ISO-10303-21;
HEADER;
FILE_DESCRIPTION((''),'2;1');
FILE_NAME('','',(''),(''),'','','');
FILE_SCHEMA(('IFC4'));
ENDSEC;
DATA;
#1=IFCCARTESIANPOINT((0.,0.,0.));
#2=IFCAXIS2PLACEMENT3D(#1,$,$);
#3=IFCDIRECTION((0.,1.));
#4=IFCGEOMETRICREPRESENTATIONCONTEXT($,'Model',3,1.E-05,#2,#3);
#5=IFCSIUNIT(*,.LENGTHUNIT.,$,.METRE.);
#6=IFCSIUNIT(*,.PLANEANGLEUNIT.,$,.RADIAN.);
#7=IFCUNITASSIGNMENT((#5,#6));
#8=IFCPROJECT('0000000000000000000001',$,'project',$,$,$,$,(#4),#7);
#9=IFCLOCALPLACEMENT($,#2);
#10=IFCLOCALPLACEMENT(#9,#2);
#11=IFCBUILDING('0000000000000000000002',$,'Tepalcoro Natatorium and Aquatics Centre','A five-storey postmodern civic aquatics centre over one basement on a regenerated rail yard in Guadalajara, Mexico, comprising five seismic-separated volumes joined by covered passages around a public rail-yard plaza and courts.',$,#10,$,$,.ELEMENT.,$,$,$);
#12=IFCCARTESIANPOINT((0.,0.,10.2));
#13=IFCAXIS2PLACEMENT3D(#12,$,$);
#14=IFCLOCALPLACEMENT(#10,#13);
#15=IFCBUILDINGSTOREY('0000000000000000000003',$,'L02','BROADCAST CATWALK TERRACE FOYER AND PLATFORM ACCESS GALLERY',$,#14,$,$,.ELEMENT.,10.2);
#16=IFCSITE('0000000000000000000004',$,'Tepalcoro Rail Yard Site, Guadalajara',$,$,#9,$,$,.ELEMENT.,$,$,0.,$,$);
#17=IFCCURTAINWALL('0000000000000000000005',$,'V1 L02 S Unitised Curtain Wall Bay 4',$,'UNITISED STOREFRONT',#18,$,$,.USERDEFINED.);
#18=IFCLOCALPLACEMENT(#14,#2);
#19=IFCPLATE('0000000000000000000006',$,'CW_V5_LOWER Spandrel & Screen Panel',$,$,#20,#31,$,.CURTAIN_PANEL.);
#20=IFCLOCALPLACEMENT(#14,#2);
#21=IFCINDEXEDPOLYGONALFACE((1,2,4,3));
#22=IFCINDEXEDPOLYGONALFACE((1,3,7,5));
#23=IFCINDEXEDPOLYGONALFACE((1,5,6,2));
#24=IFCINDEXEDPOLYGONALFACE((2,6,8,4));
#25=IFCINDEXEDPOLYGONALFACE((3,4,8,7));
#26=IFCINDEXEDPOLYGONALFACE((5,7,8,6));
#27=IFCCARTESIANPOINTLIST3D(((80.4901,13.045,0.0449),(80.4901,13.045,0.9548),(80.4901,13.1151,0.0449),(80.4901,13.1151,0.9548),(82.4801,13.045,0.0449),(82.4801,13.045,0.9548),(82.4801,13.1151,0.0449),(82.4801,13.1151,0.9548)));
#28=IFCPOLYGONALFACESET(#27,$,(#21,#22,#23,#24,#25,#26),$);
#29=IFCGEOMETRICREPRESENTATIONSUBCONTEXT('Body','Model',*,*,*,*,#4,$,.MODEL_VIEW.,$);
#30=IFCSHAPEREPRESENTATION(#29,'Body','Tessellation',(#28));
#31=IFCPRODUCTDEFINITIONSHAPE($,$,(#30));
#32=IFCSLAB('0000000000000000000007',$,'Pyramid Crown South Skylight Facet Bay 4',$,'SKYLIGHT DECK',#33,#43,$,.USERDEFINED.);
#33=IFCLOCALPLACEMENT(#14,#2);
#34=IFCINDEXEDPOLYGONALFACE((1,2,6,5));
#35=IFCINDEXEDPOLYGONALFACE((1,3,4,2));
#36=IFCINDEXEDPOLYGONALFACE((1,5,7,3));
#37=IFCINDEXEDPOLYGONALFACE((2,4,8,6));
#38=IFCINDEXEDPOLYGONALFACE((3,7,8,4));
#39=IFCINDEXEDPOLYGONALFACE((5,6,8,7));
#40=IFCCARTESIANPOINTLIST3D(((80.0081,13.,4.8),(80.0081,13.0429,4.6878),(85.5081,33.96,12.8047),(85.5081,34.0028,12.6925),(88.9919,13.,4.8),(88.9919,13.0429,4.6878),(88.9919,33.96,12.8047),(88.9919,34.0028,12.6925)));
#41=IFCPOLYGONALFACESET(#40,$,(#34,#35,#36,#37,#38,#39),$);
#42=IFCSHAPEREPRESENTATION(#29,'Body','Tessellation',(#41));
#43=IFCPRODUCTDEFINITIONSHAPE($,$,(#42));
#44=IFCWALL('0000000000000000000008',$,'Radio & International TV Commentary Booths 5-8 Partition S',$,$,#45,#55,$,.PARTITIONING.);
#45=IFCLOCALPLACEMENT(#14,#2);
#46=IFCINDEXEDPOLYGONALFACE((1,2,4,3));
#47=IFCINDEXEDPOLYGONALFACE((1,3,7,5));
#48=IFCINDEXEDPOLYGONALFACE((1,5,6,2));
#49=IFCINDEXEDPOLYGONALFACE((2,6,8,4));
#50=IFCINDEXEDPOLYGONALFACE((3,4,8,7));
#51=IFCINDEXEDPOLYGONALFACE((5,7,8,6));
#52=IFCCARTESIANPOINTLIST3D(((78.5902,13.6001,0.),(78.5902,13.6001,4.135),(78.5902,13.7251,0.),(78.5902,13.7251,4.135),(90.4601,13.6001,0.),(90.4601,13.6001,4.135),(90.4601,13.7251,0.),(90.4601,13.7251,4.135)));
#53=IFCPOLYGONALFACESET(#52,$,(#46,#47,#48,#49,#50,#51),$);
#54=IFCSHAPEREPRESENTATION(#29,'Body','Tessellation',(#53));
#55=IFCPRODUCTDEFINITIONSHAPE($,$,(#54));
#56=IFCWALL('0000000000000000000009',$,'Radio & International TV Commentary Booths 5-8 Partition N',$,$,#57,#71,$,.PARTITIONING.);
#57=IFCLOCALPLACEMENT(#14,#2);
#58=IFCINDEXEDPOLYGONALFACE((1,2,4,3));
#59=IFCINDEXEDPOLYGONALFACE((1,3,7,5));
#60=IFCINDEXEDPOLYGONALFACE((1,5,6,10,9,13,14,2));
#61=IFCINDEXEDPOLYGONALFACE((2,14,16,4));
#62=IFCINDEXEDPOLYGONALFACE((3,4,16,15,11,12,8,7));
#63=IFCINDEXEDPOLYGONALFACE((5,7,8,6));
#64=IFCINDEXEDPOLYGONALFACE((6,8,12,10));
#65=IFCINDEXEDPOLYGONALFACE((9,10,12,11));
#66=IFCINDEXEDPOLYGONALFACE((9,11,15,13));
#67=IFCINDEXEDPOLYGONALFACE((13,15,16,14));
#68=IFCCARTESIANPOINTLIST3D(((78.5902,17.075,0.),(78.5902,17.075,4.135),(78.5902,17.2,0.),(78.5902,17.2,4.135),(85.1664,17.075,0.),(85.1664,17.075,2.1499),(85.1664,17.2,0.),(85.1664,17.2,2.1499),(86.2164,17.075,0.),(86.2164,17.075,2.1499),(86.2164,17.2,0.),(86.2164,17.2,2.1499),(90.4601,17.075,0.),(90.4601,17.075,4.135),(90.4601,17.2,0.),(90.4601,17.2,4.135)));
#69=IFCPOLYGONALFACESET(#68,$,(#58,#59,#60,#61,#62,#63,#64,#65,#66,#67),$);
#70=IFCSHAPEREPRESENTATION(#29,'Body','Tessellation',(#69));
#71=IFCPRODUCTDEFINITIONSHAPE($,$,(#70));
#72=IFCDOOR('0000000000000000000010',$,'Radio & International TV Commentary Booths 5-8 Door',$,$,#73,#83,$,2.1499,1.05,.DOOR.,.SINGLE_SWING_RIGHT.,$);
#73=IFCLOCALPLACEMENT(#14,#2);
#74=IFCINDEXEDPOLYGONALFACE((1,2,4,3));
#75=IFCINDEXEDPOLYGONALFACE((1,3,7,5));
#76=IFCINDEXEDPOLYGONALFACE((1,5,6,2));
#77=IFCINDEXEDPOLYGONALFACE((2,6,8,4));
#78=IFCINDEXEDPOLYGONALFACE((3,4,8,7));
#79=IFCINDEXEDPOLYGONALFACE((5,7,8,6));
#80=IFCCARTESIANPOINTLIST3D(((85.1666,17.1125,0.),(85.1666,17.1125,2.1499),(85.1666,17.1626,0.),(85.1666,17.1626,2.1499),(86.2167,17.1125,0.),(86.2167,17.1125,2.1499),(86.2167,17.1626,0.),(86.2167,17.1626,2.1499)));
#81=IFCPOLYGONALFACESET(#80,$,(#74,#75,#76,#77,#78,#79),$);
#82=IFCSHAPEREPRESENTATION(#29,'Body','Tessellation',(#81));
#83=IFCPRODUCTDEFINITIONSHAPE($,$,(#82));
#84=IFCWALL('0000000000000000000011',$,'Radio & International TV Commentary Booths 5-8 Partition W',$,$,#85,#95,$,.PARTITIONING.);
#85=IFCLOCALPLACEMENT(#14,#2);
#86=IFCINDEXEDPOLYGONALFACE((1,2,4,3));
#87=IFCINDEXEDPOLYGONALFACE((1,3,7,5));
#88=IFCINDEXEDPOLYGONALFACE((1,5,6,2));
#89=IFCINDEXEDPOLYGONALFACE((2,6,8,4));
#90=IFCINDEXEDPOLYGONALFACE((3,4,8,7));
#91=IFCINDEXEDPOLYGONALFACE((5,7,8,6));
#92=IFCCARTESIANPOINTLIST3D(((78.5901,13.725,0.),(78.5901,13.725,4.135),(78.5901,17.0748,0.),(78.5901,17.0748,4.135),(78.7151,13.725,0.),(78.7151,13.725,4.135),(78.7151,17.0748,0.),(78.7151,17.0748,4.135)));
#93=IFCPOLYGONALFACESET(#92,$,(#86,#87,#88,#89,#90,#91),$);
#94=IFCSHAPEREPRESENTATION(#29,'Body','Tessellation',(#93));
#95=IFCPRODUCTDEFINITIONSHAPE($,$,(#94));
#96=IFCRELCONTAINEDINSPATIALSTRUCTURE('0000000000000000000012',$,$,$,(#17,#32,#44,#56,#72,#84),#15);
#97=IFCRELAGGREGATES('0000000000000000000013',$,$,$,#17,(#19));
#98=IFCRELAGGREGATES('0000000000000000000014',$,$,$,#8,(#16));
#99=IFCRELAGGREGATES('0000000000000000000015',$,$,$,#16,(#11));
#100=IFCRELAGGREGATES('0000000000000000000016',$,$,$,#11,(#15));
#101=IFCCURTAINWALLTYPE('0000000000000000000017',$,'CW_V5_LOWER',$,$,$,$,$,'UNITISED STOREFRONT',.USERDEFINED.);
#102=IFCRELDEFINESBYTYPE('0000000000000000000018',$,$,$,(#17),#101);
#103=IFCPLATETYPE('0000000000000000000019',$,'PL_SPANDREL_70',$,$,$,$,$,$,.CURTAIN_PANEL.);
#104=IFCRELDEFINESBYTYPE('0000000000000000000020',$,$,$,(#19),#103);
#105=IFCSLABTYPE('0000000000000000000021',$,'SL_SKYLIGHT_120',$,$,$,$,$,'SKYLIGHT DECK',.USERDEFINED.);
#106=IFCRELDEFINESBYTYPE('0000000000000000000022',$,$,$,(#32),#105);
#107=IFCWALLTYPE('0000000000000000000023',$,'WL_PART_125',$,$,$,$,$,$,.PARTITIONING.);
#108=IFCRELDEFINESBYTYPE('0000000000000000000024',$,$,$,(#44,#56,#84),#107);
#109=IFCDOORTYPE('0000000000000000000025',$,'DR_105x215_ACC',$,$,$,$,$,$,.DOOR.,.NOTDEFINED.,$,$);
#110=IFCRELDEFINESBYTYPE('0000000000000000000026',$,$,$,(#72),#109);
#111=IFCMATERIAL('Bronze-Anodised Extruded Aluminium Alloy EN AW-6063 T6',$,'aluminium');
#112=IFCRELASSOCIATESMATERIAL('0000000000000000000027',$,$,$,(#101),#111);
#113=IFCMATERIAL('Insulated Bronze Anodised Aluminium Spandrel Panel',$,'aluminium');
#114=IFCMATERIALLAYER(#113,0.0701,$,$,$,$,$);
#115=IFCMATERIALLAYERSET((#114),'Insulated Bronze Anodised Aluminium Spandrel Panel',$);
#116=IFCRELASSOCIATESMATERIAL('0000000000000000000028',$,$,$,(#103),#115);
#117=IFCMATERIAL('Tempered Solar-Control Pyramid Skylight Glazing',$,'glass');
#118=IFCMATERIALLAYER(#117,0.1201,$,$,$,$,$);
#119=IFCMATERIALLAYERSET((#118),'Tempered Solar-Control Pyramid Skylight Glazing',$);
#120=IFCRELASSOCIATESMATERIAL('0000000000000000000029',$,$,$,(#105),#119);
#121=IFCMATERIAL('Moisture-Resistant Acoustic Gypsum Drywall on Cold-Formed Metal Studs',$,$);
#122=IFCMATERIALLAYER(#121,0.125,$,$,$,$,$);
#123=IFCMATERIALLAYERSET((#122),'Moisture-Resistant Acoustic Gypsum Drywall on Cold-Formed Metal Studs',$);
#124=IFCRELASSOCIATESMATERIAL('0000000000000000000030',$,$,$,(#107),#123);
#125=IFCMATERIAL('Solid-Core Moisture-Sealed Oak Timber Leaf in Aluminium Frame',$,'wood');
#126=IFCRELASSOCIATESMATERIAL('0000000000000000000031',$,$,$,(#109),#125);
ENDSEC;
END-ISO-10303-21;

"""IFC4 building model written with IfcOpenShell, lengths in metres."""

from ifc_helpers import new_model, si_unit, direction, frame, frame_2d, origin, origin_2d, place, context, subcontext, project, spatial, polyline, rectangle, outline, extrude, material, layer, layer_set, type_object, element, fill, aggregate, save


model = new_model("IFC4")

# Units and contexts
model_context = context("Model", 3, precision=1e-05, world=origin(), true_north=direction((0.0, 1.0)))
body_context = subcontext(model_context, "Body", "Model", "MODEL_VIEW")
ifc_project = project(units=[si_unit("LENGTHUNIT", "METRE"), si_unit("PLANEANGLEUNIT", "RADIAN")], contexts=[model_context])

# Site, building, storey
site_placement = place(None, origin())
site = spatial("IfcSite", under=ifc_project, at=site_placement, Name="Tepalcoro Rail Yard Site, Guadalajara", CompositionType="ELEMENT", RefElevation=0.0)
building_placement = place(site_placement, origin())
building = spatial("IfcBuilding", under=site, at=building_placement, Name="Tepalcoro Natatorium and Aquatics Centre", Description="A five-storey postmodern civic aquatics centre over one basement on a regenerated rail yard in Guadalajara, Mexico, comprising five seismic-separated volumes joined by covered passages around a public rail-yard plaza and courts.", CompositionType="ELEMENT")
storey_placement = place(building_placement, frame((0.0, 0.0, 10.2)))
storey = spatial("IfcBuildingStorey", under=building, at=storey_placement, Name="L02", Description="BROADCAST CATWALK TERRACE FOYER AND PLATFORM ACCESS GALLERY", CompositionType="ELEMENT", Elevation=10.2)

# Curtain wall
ifc_material_1 = material(Name="Bronze-Anodised Extruded Aluminium Alloy EN AW-6063 T6", Category="aluminium")
curtain_wall_type_1 = type_object("IfcCurtainWallType", Name="CW_V5_LOWER", ElementType="UNITISED STOREFRONT", PredefinedType="USERDEFINED", material=ifc_material_1)
curtain_wall_1_placement = place(storey_placement, origin())
curtain_wall_1 = element("IfcCurtainWall", 1, at=curtain_wall_1_placement, inside=storey, type_object=curtain_wall_type_1, Name="V1 L02 S Unitised Curtain Wall Bay 4", ObjectType="UNITISED STOREFRONT", PredefinedType="USERDEFINED")

# Plate
ifc_material_2 = material(Name="Insulated Bronze Anodised Aluminium Spandrel Panel", Category="aluminium")
ifc_layer_1 = layer(ifc_material_2, 0.0701)
ifc_layer_set_1 = layer_set([ifc_layer_1], Name="Insulated Bronze Anodised Aluminium Spandrel Panel")
plate_type_1 = type_object("IfcPlateType", Name="PL_SPANDREL_70", PredefinedType="CURTAIN_PANEL", material=ifc_layer_set_1)
plate_1_placement = place(storey_placement, frame((81.4851, 13.0801, 0.0449), z_axis=(0.0, 0.0, 1.0), x_axis=(1.0, 0.0, 0.0)))
plate_1 = element("IfcPlate", 2, at=plate_1_placement, type_object=plate_type_1, Name="CW_V5_LOWER Spandrel & Screen Panel", PredefinedType="CURTAIN_PANEL", context=body_context, shape_type="SweptSolid", body=[
    extrude(rectangle(XDim=1.99, YDim=0.0701, at=origin_2d()), origin(), (0.0, 0.0, 1.0), 0.9099),
])
aggregate(curtain_wall_1, [plate_1])

# Slab
ifc_material_3 = material(Name="Tempered Solar-Control Pyramid Skylight Glazing", Category="glass")
ifc_layer_2 = layer(ifc_material_3, 0.1201)
ifc_layer_set_2 = layer_set([ifc_layer_2], Name="Tempered Solar-Control Pyramid Skylight Glazing")
slab_type = type_object("IfcSlabType", Name="SL_SKYLIGHT_120", ElementType="SKYLIGHT DECK", PredefinedType="USERDEFINED", material=ifc_layer_set_2)
slab_placement = place(storey_placement, frame((80.0081, 13.0, 4.8), z_axis=(0.0, -0.356769, 0.934192), x_axis=(1.0, 0.0, 0.0)))
element("IfcSlab", 3, at=slab_placement, inside=storey, type_object=slab_type, Name="Pyramid Crown South Skylight Facet Bay 4", ObjectType="SKYLIGHT DECK", PredefinedType="USERDEFINED", context=body_context, shape_type="SweptSolid", body=[
    extrude(outline(polyline([(0.0, 0.0), (8.9839, 0.0), (8.9839, 22.4364), (5.5, 22.4364), (0.0, 0.0)])), origin(), (0.0, 0.0, -1.0), 0.1201),
])

# Wall
ifc_material_4 = material(Name="Moisture-Resistant Acoustic Gypsum Drywall on Cold-Formed Metal Studs")
ifc_layer_3 = layer(ifc_material_4, 0.125)
ifc_layer_set_3 = layer_set([ifc_layer_3], Name="Moisture-Resistant Acoustic Gypsum Drywall on Cold-Formed Metal Studs")
wall_type = type_object("IfcWallType", Name="WL_PART_125", PredefinedType="PARTITIONING", material=ifc_layer_set_3)
wall_1_placement = place(storey_placement, frame((78.5901, 13.6626, 0.0), z_axis=(0.0, 0.0, 1.0), x_axis=(1.0, 0.0, 0.0)))
element("IfcWall", 4, at=wall_1_placement, inside=storey, type_object=wall_type, Name="Radio & International TV Commentary Booths 5-8 Partition S", PredefinedType="PARTITIONING", context=body_context, shape_type="SweptSolid", body=[
    extrude(rectangle(XDim=11.8699, YDim=0.125, at=frame_2d((5.9351, 0.0))), origin(), (0.0, 0.0, 1.0), 4.135),
])

# Wall, opening, door
wall_2_placement = place(storey_placement, frame((78.5901, 17.1375, 0.0), z_axis=(0.0, 0.0, 1.0), x_axis=(1.0, 0.0, 0.0)))
wall_2 = element("IfcWall", 5, at=wall_2_placement, inside=storey, type_object=wall_type, Name="Radio & International TV Commentary Booths 5-8 Partition N", PredefinedType="PARTITIONING", context=body_context, shape_type="SweptSolid", body=[
    extrude(rectangle(XDim=11.8699, YDim=0.125, at=frame_2d((5.9351, 0.0))), origin(), (0.0, 0.0, 1.0), 4.135),
])
opening_placement = place(wall_2_placement, frame((6.5764, 0.0, 0.0)))
opening = element("IfcOpeningElement", 6, at=opening_placement, cuts=wall_2, PredefinedType="OPENING", context=body_context, shape_type="SweptSolid", body=[
    extrude(rectangle(XDim=1.05, YDim=2.1499, at=frame_2d((0.5249, 1.075))), frame((0.0, 0.0745, 0.0), z_axis=(0.0, -1.0, 0.0), x_axis=(1.0, 0.0, 0.0)), (0.0, 0.0, 1.0), 0.1489),
])
ifc_material_5 = material(Name="Solid-Core Moisture-Sealed Oak Timber Leaf in Aluminium Frame", Category="wood")
door_type = type_object("IfcDoorType", Name="DR_105x215_ACC", OperationType="NOTDEFINED", PredefinedType="DOOR", material=ifc_material_5)
door_placement = place(opening_placement, frame((1.05, 0.0, 0.0), z_axis=(0.0, 0.0, 1.0), x_axis=(-1.0, 0.0, 0.0)))
door = element("IfcDoor", 7, at=door_placement, inside=storey, type_object=door_type, Name="Radio & International TV Commentary Booths 5-8 Door", OperationType="SINGLE_SWING_RIGHT", OverallHeight=2.1499, OverallWidth=1.05, PredefinedType="DOOR", context=body_context, shape_type="SweptSolid", body=[
    extrude(rectangle(XDim=1.05, YDim=2.1499, at=frame_2d((0.5249, 1.075))), frame((0.0, 0.0249, 0.0), z_axis=(0.0, -1.0, 0.0), x_axis=(1.0, 0.0, 0.0)), (0.0, 0.0, 1.0), 0.05),
])
fill(opening, door)

# Wall
wall_3_placement = place(storey_placement, frame((78.6526, 13.7251, 0.0), z_axis=(0.0, 0.0, 1.0), x_axis=(0.0, 1.0, 0.0)))
element("IfcWall", 8, at=wall_3_placement, inside=storey, type_object=wall_type, Name="Radio & International TV Commentary Booths 5-8 Partition W", PredefinedType="PARTITIONING", context=body_context, shape_type="SweptSolid", body=[
    extrude(rectangle(XDim=3.3499, YDim=0.125, at=frame_2d((1.6748, 0.0))), origin(), (0.0, 0.0, 1.0), 4.135),
])

save(model, "model.ifc")
